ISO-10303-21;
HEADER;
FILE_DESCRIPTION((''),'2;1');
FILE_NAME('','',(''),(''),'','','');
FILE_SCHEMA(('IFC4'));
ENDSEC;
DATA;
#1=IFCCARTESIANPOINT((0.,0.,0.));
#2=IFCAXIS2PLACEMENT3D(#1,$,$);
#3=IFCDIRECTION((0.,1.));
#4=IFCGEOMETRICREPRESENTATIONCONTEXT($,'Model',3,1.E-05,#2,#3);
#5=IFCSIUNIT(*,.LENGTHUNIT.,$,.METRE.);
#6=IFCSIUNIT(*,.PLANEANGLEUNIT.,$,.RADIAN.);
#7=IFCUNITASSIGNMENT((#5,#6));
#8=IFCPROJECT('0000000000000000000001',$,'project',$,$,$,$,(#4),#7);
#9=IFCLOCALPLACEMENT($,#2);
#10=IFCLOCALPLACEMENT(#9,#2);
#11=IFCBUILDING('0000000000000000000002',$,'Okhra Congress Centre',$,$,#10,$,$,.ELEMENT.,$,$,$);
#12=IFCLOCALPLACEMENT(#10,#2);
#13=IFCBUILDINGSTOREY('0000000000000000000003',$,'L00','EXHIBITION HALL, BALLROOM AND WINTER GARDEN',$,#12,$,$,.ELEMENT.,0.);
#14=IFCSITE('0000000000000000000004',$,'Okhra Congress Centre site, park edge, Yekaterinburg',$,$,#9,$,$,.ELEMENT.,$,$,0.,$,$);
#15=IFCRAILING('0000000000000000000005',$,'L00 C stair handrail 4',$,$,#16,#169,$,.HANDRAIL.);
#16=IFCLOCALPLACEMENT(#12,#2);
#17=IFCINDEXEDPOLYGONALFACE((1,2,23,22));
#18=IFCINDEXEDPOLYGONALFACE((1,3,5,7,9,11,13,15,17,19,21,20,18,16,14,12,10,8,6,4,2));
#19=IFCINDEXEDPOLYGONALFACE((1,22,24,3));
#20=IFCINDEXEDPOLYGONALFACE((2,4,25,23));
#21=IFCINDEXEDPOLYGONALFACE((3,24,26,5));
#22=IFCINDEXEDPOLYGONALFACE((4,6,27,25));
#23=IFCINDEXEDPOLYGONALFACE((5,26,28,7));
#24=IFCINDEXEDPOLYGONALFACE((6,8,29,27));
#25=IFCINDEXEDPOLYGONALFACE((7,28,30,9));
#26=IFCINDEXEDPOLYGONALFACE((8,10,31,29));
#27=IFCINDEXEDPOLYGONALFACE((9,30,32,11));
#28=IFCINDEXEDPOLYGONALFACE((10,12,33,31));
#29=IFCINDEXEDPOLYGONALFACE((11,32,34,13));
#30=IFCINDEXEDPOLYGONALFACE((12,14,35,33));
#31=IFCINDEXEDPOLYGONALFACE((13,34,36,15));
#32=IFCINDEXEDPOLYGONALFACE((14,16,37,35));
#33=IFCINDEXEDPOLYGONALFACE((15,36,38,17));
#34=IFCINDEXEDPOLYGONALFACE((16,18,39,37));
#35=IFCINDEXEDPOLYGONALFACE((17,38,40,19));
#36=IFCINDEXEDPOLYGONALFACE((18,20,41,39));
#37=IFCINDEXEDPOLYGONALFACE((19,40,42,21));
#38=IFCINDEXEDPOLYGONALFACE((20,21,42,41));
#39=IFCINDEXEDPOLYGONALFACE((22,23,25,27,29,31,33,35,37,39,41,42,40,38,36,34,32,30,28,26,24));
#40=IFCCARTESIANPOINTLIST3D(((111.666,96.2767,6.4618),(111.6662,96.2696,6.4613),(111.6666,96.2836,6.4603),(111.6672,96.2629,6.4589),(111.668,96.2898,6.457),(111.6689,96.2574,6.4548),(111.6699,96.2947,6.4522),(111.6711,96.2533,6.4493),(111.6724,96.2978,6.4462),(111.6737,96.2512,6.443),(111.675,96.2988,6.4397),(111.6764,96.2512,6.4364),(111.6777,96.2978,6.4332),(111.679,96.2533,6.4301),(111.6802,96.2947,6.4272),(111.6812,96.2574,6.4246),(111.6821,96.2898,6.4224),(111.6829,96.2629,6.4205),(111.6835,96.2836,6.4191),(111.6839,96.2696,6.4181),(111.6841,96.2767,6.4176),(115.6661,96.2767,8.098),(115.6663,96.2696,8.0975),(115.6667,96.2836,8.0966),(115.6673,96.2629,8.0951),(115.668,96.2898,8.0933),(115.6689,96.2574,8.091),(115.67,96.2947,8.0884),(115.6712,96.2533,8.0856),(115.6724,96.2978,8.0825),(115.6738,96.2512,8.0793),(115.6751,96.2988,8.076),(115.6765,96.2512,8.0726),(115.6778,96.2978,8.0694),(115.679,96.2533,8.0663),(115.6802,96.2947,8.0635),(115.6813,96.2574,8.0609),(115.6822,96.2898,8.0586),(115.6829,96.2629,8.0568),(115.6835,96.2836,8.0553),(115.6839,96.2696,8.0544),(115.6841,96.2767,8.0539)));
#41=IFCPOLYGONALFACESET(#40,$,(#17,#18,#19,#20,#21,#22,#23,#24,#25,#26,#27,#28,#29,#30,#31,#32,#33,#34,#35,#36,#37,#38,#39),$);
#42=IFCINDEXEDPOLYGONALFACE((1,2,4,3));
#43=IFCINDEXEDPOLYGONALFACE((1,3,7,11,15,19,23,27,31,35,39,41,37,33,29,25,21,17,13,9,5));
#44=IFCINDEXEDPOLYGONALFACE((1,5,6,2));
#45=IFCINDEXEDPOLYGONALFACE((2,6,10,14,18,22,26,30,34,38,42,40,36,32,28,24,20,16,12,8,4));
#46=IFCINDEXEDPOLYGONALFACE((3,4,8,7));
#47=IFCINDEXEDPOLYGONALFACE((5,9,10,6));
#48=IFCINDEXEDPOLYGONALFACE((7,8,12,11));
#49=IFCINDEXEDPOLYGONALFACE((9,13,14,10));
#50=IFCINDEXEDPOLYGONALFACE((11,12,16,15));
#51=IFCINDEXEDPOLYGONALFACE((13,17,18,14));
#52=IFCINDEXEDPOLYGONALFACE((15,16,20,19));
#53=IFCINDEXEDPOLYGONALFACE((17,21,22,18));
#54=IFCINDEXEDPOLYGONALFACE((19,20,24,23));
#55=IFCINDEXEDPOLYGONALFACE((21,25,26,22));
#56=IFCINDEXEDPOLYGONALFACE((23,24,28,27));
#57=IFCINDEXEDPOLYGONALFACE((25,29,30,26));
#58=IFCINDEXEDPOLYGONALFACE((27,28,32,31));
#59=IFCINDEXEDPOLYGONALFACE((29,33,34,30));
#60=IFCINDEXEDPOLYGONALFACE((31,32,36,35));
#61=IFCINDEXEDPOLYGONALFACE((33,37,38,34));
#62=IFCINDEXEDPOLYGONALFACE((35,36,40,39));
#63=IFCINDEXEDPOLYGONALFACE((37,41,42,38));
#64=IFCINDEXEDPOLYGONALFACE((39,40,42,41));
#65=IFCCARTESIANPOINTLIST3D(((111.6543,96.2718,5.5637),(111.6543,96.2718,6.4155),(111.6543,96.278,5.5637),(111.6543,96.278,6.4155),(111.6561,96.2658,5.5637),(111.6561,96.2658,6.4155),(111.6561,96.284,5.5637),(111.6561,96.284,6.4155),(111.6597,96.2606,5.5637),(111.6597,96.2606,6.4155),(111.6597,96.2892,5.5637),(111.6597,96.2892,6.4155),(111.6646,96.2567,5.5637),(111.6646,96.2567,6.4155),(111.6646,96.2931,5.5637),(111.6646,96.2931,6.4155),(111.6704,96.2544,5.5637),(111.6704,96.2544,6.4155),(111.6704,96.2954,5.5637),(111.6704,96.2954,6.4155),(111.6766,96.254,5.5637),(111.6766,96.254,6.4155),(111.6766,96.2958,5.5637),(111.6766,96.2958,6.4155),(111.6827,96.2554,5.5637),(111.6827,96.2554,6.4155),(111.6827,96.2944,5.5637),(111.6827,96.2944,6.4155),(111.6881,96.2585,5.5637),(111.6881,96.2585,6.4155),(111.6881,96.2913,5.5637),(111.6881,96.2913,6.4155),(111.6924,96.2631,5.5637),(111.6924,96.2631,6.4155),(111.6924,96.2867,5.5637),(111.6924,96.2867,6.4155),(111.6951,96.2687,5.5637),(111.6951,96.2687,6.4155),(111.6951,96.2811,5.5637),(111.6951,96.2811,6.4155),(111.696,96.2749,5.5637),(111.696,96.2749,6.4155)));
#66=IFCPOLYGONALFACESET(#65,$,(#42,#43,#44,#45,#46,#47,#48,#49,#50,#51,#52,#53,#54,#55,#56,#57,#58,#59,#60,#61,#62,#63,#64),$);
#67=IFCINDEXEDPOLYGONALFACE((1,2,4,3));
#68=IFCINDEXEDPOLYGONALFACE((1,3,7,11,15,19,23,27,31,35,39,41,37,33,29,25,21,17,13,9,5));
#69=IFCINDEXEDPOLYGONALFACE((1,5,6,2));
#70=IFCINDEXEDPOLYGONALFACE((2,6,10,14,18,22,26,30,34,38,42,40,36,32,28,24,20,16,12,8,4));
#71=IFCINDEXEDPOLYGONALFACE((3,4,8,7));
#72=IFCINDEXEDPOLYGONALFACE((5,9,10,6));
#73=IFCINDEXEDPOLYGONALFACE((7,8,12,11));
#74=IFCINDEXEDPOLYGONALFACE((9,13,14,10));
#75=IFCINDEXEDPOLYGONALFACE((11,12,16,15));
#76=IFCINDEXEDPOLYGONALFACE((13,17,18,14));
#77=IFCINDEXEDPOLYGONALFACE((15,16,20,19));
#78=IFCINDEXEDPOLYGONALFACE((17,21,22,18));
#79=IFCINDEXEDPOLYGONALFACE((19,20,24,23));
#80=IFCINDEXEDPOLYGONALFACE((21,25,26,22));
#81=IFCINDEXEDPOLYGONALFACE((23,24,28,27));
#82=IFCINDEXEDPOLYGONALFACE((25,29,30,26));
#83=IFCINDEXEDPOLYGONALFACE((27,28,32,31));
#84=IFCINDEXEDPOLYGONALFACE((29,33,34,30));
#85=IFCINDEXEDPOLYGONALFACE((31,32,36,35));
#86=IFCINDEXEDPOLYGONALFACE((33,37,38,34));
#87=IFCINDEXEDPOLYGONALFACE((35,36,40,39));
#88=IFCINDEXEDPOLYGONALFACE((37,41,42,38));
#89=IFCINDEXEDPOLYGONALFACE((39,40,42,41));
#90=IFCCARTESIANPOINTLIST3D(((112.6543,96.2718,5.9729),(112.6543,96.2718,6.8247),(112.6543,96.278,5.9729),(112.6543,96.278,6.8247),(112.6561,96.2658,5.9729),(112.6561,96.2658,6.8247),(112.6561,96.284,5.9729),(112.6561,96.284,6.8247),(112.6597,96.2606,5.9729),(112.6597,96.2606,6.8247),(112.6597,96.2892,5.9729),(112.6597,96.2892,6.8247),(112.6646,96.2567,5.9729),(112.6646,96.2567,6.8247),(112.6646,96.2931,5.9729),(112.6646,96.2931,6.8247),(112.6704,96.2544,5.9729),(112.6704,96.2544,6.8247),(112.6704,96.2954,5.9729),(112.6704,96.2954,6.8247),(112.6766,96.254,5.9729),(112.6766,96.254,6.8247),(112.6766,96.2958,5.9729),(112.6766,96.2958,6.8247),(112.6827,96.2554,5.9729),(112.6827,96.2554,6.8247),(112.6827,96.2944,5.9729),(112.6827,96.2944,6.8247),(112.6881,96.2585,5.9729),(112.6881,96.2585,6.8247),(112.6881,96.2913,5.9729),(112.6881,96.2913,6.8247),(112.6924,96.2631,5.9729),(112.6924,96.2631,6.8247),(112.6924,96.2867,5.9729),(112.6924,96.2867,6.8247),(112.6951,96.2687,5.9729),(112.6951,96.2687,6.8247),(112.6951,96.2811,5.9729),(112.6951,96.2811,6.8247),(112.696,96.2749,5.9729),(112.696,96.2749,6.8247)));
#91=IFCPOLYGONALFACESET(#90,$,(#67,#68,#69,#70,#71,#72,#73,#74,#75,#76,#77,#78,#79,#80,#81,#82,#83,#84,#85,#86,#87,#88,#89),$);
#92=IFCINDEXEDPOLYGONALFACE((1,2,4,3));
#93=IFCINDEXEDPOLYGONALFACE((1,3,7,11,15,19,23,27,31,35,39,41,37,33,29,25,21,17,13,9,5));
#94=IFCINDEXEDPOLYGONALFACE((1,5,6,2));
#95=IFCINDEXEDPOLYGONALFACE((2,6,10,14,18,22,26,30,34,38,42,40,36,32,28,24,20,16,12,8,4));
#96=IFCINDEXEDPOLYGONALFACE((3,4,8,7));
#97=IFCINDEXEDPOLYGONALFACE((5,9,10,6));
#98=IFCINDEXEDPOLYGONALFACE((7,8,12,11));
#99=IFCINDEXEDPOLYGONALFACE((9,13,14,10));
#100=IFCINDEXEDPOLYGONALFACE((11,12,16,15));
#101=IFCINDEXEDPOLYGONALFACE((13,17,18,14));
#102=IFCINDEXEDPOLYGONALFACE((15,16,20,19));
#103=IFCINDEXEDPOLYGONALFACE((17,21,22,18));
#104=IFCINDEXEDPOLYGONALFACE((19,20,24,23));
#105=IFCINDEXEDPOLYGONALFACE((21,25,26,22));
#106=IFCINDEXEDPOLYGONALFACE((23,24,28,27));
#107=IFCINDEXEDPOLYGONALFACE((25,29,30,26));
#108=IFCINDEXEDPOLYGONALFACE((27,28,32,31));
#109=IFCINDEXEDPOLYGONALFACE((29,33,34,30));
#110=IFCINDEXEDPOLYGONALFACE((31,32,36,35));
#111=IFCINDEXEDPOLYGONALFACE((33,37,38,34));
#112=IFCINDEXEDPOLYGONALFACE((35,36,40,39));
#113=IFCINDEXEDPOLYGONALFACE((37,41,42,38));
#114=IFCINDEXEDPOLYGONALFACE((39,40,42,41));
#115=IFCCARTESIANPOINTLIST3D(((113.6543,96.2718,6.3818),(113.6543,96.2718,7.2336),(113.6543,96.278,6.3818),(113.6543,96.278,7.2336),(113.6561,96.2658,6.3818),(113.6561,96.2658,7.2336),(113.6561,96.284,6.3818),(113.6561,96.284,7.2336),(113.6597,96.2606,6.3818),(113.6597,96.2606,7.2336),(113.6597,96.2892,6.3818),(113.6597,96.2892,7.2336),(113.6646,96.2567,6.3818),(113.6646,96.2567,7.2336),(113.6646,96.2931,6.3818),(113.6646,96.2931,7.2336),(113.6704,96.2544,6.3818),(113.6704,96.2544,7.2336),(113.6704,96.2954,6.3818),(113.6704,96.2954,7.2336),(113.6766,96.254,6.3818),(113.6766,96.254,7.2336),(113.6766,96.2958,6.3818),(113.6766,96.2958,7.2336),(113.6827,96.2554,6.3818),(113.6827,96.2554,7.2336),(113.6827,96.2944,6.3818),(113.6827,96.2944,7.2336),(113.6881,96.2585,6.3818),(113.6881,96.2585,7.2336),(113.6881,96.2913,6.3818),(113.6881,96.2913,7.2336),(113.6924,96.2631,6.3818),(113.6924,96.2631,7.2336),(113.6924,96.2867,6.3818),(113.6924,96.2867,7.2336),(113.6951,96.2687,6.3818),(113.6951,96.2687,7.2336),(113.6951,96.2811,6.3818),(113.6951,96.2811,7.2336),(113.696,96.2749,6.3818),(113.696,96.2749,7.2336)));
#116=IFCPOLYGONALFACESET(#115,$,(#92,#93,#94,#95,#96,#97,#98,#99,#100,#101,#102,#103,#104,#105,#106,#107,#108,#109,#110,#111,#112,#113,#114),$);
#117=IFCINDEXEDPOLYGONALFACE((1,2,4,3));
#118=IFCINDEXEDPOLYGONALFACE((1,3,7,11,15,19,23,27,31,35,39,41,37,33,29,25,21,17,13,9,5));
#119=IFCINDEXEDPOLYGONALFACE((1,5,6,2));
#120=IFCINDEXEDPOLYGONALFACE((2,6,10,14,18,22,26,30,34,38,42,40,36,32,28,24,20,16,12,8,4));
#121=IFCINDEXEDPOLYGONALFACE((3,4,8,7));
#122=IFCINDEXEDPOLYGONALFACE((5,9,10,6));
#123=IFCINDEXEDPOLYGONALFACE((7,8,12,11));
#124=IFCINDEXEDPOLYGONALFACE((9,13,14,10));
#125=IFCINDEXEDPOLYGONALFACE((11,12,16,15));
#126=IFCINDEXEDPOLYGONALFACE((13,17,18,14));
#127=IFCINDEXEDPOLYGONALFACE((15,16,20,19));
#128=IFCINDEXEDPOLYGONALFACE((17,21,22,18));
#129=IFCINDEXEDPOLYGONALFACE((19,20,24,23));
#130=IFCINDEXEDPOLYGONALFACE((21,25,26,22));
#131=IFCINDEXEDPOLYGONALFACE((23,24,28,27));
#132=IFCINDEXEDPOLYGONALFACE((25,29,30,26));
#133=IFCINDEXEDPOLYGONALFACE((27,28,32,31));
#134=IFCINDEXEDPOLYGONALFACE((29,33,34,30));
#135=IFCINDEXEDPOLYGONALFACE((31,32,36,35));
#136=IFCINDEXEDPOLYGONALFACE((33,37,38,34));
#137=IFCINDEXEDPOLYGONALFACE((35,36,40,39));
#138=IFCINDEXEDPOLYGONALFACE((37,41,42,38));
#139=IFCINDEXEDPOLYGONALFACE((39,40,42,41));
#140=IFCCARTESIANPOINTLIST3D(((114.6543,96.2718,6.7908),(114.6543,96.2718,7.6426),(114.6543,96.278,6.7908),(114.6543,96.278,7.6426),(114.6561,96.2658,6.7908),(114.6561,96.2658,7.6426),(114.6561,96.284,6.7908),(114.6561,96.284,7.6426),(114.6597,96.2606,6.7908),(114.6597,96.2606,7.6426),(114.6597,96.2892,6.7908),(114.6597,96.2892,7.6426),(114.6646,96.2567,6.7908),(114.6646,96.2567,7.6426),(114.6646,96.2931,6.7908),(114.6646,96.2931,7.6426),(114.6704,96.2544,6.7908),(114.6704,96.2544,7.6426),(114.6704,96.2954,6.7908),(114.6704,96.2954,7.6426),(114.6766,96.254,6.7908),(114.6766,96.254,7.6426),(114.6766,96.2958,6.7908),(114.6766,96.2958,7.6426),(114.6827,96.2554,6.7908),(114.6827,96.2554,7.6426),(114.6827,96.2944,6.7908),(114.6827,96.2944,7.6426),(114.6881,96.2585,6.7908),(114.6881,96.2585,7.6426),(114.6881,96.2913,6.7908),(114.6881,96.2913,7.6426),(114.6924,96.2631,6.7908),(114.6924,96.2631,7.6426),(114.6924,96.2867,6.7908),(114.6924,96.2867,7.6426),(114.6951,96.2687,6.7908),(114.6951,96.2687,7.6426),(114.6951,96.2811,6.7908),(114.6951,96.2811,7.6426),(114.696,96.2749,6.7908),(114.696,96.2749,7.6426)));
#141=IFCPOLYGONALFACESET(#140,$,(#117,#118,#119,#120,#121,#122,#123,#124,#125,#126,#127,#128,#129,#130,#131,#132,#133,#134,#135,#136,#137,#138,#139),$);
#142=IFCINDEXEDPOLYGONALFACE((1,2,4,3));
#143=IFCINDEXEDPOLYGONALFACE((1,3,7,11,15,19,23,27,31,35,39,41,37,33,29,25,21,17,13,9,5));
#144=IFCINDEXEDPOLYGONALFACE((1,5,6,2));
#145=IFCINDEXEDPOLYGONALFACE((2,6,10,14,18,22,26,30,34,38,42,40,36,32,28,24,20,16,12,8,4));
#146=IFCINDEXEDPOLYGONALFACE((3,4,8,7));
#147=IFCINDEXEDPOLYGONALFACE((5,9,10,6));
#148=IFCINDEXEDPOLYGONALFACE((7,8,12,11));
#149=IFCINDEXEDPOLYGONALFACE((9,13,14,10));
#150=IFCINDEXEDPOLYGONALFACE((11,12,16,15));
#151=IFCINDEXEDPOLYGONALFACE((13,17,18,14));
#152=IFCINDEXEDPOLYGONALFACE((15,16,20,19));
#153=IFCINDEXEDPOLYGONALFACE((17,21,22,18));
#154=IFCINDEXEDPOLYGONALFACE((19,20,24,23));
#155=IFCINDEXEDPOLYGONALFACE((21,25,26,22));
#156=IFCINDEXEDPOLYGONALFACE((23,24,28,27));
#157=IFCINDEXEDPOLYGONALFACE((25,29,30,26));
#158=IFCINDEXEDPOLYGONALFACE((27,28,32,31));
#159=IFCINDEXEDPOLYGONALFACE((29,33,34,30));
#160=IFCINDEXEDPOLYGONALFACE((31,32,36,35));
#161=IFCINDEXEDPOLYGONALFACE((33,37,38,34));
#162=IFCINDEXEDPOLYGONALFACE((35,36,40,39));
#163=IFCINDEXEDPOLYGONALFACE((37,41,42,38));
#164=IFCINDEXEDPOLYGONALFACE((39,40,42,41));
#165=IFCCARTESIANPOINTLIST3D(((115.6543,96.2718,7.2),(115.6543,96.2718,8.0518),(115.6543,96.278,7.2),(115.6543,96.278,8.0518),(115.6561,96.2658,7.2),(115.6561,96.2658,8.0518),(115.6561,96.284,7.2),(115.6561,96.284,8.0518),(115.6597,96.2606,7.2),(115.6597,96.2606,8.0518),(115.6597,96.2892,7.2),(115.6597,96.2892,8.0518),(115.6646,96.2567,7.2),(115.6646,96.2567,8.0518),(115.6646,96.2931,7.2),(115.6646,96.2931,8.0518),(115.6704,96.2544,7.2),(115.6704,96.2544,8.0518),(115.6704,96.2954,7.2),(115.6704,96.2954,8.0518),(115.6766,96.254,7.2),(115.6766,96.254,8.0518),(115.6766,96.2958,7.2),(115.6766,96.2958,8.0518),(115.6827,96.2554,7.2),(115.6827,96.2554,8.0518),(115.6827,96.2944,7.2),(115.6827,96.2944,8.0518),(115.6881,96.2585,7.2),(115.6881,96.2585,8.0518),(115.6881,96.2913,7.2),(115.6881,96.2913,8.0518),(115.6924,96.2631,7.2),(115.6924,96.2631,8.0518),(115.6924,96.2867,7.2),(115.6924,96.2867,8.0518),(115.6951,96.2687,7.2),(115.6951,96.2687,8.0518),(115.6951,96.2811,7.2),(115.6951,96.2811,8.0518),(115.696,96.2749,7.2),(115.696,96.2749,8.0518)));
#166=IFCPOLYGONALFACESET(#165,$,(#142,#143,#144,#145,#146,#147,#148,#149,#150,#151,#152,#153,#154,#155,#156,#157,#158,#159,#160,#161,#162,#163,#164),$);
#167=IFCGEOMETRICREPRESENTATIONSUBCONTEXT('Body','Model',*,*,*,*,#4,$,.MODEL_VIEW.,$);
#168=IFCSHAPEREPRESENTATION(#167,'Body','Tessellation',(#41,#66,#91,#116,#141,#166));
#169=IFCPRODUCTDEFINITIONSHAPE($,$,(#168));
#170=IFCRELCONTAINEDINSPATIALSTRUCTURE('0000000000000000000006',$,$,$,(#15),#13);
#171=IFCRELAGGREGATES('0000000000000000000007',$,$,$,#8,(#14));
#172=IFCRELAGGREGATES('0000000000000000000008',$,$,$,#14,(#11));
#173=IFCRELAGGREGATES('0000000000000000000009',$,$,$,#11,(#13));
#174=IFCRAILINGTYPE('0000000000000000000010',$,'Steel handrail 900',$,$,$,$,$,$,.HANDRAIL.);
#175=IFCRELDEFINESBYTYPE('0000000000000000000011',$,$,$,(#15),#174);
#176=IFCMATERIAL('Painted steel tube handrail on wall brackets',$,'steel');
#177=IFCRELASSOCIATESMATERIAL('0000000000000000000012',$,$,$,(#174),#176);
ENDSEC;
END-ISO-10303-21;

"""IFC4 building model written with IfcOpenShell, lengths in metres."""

from ifc_helpers import new_model, si_unit, direction, frame, origin, origin_2d, place, context, subcontext, project, spatial, circle, extrude, material, type_object, element, save


model = new_model("IFC4")

# Units and contexts
model_context = context("Model", 3, precision=1e-05, world=origin(), true_north=direction((0.0, 1.0)))
body_context = subcontext(model_context, "Body", "Model", "MODEL_VIEW")
ifc_project = project(units=[si_unit("LENGTHUNIT", "METRE"), si_unit("PLANEANGLEUNIT", "RADIAN")], contexts=[model_context])

# Site, building, storey
site_placement = place(None, origin())
site = spatial("IfcSite", under=ifc_project, at=site_placement, Name="Okhra Congress Centre site, park edge, Yekaterinburg", CompositionType="ELEMENT", RefElevation=0.0)
building_placement = place(site_placement, origin())
building = spatial("IfcBuilding", under=site, at=building_placement, Name="Okhra Congress Centre", CompositionType="ELEMENT")
storey_placement = place(building_placement, origin())
storey = spatial("IfcBuildingStorey", under=building, at=storey_placement, Name="L00", Description="EXHIBITION HALL, BALLROOM AND WINTER GARDEN", CompositionType="ELEMENT", Elevation=0.0)

# Railing
ifc_material_1 = material(Name="Painted steel tube handrail on wall brackets", Category="steel")
railing_type_1 = type_object("IfcRailingType", Name="Steel handrail 900", PredefinedType="HANDRAIL", material=ifc_material_1)
railing_1_placement = place(storey_placement, frame((111.675, 96.2749, 5.5637)))
element("IfcRailing", 1, at=railing_1_placement, inside=storey, type_object=railing_type_1, Name="L00 C stair handrail 4", PredefinedType="HANDRAIL", context=body_context, shape_type="SweptSolid", body=[
    extrude(circle(Radius=0.0239, at=origin_2d()), frame((0.0, 0.0, 0.876), z_axis=(0.925558, 0.0, 0.378606), x_axis=(0.0, 1.0, 0.0)), (0.0, 0.0, 1.0), 4.3218),
    extrude(circle(Radius=0.021, at=origin_2d()), origin(), (0.0, 0.0, 1.0), 0.8518),
    extrude(circle(Radius=0.021, at=origin_2d()), frame((1.0, 0.0, 0.4092)), (0.0, 0.0, 1.0), 0.8518),
    extrude(circle(Radius=0.021, at=origin_2d()), frame((2.0, 0.0, 0.8181)), (0.0, 0.0, 1.0), 0.8518),
    extrude(circle(Radius=0.021, at=origin_2d()), frame((3.0, 0.0, 1.2271)), (0.0, 0.0, 1.0), 0.8518),
    extrude(circle(Radius=0.021, at=origin_2d()), frame((4.0, 0.0, 1.6362)), (0.0, 0.0, 1.0), 0.8518),
])

save(model, "model.ifc")
